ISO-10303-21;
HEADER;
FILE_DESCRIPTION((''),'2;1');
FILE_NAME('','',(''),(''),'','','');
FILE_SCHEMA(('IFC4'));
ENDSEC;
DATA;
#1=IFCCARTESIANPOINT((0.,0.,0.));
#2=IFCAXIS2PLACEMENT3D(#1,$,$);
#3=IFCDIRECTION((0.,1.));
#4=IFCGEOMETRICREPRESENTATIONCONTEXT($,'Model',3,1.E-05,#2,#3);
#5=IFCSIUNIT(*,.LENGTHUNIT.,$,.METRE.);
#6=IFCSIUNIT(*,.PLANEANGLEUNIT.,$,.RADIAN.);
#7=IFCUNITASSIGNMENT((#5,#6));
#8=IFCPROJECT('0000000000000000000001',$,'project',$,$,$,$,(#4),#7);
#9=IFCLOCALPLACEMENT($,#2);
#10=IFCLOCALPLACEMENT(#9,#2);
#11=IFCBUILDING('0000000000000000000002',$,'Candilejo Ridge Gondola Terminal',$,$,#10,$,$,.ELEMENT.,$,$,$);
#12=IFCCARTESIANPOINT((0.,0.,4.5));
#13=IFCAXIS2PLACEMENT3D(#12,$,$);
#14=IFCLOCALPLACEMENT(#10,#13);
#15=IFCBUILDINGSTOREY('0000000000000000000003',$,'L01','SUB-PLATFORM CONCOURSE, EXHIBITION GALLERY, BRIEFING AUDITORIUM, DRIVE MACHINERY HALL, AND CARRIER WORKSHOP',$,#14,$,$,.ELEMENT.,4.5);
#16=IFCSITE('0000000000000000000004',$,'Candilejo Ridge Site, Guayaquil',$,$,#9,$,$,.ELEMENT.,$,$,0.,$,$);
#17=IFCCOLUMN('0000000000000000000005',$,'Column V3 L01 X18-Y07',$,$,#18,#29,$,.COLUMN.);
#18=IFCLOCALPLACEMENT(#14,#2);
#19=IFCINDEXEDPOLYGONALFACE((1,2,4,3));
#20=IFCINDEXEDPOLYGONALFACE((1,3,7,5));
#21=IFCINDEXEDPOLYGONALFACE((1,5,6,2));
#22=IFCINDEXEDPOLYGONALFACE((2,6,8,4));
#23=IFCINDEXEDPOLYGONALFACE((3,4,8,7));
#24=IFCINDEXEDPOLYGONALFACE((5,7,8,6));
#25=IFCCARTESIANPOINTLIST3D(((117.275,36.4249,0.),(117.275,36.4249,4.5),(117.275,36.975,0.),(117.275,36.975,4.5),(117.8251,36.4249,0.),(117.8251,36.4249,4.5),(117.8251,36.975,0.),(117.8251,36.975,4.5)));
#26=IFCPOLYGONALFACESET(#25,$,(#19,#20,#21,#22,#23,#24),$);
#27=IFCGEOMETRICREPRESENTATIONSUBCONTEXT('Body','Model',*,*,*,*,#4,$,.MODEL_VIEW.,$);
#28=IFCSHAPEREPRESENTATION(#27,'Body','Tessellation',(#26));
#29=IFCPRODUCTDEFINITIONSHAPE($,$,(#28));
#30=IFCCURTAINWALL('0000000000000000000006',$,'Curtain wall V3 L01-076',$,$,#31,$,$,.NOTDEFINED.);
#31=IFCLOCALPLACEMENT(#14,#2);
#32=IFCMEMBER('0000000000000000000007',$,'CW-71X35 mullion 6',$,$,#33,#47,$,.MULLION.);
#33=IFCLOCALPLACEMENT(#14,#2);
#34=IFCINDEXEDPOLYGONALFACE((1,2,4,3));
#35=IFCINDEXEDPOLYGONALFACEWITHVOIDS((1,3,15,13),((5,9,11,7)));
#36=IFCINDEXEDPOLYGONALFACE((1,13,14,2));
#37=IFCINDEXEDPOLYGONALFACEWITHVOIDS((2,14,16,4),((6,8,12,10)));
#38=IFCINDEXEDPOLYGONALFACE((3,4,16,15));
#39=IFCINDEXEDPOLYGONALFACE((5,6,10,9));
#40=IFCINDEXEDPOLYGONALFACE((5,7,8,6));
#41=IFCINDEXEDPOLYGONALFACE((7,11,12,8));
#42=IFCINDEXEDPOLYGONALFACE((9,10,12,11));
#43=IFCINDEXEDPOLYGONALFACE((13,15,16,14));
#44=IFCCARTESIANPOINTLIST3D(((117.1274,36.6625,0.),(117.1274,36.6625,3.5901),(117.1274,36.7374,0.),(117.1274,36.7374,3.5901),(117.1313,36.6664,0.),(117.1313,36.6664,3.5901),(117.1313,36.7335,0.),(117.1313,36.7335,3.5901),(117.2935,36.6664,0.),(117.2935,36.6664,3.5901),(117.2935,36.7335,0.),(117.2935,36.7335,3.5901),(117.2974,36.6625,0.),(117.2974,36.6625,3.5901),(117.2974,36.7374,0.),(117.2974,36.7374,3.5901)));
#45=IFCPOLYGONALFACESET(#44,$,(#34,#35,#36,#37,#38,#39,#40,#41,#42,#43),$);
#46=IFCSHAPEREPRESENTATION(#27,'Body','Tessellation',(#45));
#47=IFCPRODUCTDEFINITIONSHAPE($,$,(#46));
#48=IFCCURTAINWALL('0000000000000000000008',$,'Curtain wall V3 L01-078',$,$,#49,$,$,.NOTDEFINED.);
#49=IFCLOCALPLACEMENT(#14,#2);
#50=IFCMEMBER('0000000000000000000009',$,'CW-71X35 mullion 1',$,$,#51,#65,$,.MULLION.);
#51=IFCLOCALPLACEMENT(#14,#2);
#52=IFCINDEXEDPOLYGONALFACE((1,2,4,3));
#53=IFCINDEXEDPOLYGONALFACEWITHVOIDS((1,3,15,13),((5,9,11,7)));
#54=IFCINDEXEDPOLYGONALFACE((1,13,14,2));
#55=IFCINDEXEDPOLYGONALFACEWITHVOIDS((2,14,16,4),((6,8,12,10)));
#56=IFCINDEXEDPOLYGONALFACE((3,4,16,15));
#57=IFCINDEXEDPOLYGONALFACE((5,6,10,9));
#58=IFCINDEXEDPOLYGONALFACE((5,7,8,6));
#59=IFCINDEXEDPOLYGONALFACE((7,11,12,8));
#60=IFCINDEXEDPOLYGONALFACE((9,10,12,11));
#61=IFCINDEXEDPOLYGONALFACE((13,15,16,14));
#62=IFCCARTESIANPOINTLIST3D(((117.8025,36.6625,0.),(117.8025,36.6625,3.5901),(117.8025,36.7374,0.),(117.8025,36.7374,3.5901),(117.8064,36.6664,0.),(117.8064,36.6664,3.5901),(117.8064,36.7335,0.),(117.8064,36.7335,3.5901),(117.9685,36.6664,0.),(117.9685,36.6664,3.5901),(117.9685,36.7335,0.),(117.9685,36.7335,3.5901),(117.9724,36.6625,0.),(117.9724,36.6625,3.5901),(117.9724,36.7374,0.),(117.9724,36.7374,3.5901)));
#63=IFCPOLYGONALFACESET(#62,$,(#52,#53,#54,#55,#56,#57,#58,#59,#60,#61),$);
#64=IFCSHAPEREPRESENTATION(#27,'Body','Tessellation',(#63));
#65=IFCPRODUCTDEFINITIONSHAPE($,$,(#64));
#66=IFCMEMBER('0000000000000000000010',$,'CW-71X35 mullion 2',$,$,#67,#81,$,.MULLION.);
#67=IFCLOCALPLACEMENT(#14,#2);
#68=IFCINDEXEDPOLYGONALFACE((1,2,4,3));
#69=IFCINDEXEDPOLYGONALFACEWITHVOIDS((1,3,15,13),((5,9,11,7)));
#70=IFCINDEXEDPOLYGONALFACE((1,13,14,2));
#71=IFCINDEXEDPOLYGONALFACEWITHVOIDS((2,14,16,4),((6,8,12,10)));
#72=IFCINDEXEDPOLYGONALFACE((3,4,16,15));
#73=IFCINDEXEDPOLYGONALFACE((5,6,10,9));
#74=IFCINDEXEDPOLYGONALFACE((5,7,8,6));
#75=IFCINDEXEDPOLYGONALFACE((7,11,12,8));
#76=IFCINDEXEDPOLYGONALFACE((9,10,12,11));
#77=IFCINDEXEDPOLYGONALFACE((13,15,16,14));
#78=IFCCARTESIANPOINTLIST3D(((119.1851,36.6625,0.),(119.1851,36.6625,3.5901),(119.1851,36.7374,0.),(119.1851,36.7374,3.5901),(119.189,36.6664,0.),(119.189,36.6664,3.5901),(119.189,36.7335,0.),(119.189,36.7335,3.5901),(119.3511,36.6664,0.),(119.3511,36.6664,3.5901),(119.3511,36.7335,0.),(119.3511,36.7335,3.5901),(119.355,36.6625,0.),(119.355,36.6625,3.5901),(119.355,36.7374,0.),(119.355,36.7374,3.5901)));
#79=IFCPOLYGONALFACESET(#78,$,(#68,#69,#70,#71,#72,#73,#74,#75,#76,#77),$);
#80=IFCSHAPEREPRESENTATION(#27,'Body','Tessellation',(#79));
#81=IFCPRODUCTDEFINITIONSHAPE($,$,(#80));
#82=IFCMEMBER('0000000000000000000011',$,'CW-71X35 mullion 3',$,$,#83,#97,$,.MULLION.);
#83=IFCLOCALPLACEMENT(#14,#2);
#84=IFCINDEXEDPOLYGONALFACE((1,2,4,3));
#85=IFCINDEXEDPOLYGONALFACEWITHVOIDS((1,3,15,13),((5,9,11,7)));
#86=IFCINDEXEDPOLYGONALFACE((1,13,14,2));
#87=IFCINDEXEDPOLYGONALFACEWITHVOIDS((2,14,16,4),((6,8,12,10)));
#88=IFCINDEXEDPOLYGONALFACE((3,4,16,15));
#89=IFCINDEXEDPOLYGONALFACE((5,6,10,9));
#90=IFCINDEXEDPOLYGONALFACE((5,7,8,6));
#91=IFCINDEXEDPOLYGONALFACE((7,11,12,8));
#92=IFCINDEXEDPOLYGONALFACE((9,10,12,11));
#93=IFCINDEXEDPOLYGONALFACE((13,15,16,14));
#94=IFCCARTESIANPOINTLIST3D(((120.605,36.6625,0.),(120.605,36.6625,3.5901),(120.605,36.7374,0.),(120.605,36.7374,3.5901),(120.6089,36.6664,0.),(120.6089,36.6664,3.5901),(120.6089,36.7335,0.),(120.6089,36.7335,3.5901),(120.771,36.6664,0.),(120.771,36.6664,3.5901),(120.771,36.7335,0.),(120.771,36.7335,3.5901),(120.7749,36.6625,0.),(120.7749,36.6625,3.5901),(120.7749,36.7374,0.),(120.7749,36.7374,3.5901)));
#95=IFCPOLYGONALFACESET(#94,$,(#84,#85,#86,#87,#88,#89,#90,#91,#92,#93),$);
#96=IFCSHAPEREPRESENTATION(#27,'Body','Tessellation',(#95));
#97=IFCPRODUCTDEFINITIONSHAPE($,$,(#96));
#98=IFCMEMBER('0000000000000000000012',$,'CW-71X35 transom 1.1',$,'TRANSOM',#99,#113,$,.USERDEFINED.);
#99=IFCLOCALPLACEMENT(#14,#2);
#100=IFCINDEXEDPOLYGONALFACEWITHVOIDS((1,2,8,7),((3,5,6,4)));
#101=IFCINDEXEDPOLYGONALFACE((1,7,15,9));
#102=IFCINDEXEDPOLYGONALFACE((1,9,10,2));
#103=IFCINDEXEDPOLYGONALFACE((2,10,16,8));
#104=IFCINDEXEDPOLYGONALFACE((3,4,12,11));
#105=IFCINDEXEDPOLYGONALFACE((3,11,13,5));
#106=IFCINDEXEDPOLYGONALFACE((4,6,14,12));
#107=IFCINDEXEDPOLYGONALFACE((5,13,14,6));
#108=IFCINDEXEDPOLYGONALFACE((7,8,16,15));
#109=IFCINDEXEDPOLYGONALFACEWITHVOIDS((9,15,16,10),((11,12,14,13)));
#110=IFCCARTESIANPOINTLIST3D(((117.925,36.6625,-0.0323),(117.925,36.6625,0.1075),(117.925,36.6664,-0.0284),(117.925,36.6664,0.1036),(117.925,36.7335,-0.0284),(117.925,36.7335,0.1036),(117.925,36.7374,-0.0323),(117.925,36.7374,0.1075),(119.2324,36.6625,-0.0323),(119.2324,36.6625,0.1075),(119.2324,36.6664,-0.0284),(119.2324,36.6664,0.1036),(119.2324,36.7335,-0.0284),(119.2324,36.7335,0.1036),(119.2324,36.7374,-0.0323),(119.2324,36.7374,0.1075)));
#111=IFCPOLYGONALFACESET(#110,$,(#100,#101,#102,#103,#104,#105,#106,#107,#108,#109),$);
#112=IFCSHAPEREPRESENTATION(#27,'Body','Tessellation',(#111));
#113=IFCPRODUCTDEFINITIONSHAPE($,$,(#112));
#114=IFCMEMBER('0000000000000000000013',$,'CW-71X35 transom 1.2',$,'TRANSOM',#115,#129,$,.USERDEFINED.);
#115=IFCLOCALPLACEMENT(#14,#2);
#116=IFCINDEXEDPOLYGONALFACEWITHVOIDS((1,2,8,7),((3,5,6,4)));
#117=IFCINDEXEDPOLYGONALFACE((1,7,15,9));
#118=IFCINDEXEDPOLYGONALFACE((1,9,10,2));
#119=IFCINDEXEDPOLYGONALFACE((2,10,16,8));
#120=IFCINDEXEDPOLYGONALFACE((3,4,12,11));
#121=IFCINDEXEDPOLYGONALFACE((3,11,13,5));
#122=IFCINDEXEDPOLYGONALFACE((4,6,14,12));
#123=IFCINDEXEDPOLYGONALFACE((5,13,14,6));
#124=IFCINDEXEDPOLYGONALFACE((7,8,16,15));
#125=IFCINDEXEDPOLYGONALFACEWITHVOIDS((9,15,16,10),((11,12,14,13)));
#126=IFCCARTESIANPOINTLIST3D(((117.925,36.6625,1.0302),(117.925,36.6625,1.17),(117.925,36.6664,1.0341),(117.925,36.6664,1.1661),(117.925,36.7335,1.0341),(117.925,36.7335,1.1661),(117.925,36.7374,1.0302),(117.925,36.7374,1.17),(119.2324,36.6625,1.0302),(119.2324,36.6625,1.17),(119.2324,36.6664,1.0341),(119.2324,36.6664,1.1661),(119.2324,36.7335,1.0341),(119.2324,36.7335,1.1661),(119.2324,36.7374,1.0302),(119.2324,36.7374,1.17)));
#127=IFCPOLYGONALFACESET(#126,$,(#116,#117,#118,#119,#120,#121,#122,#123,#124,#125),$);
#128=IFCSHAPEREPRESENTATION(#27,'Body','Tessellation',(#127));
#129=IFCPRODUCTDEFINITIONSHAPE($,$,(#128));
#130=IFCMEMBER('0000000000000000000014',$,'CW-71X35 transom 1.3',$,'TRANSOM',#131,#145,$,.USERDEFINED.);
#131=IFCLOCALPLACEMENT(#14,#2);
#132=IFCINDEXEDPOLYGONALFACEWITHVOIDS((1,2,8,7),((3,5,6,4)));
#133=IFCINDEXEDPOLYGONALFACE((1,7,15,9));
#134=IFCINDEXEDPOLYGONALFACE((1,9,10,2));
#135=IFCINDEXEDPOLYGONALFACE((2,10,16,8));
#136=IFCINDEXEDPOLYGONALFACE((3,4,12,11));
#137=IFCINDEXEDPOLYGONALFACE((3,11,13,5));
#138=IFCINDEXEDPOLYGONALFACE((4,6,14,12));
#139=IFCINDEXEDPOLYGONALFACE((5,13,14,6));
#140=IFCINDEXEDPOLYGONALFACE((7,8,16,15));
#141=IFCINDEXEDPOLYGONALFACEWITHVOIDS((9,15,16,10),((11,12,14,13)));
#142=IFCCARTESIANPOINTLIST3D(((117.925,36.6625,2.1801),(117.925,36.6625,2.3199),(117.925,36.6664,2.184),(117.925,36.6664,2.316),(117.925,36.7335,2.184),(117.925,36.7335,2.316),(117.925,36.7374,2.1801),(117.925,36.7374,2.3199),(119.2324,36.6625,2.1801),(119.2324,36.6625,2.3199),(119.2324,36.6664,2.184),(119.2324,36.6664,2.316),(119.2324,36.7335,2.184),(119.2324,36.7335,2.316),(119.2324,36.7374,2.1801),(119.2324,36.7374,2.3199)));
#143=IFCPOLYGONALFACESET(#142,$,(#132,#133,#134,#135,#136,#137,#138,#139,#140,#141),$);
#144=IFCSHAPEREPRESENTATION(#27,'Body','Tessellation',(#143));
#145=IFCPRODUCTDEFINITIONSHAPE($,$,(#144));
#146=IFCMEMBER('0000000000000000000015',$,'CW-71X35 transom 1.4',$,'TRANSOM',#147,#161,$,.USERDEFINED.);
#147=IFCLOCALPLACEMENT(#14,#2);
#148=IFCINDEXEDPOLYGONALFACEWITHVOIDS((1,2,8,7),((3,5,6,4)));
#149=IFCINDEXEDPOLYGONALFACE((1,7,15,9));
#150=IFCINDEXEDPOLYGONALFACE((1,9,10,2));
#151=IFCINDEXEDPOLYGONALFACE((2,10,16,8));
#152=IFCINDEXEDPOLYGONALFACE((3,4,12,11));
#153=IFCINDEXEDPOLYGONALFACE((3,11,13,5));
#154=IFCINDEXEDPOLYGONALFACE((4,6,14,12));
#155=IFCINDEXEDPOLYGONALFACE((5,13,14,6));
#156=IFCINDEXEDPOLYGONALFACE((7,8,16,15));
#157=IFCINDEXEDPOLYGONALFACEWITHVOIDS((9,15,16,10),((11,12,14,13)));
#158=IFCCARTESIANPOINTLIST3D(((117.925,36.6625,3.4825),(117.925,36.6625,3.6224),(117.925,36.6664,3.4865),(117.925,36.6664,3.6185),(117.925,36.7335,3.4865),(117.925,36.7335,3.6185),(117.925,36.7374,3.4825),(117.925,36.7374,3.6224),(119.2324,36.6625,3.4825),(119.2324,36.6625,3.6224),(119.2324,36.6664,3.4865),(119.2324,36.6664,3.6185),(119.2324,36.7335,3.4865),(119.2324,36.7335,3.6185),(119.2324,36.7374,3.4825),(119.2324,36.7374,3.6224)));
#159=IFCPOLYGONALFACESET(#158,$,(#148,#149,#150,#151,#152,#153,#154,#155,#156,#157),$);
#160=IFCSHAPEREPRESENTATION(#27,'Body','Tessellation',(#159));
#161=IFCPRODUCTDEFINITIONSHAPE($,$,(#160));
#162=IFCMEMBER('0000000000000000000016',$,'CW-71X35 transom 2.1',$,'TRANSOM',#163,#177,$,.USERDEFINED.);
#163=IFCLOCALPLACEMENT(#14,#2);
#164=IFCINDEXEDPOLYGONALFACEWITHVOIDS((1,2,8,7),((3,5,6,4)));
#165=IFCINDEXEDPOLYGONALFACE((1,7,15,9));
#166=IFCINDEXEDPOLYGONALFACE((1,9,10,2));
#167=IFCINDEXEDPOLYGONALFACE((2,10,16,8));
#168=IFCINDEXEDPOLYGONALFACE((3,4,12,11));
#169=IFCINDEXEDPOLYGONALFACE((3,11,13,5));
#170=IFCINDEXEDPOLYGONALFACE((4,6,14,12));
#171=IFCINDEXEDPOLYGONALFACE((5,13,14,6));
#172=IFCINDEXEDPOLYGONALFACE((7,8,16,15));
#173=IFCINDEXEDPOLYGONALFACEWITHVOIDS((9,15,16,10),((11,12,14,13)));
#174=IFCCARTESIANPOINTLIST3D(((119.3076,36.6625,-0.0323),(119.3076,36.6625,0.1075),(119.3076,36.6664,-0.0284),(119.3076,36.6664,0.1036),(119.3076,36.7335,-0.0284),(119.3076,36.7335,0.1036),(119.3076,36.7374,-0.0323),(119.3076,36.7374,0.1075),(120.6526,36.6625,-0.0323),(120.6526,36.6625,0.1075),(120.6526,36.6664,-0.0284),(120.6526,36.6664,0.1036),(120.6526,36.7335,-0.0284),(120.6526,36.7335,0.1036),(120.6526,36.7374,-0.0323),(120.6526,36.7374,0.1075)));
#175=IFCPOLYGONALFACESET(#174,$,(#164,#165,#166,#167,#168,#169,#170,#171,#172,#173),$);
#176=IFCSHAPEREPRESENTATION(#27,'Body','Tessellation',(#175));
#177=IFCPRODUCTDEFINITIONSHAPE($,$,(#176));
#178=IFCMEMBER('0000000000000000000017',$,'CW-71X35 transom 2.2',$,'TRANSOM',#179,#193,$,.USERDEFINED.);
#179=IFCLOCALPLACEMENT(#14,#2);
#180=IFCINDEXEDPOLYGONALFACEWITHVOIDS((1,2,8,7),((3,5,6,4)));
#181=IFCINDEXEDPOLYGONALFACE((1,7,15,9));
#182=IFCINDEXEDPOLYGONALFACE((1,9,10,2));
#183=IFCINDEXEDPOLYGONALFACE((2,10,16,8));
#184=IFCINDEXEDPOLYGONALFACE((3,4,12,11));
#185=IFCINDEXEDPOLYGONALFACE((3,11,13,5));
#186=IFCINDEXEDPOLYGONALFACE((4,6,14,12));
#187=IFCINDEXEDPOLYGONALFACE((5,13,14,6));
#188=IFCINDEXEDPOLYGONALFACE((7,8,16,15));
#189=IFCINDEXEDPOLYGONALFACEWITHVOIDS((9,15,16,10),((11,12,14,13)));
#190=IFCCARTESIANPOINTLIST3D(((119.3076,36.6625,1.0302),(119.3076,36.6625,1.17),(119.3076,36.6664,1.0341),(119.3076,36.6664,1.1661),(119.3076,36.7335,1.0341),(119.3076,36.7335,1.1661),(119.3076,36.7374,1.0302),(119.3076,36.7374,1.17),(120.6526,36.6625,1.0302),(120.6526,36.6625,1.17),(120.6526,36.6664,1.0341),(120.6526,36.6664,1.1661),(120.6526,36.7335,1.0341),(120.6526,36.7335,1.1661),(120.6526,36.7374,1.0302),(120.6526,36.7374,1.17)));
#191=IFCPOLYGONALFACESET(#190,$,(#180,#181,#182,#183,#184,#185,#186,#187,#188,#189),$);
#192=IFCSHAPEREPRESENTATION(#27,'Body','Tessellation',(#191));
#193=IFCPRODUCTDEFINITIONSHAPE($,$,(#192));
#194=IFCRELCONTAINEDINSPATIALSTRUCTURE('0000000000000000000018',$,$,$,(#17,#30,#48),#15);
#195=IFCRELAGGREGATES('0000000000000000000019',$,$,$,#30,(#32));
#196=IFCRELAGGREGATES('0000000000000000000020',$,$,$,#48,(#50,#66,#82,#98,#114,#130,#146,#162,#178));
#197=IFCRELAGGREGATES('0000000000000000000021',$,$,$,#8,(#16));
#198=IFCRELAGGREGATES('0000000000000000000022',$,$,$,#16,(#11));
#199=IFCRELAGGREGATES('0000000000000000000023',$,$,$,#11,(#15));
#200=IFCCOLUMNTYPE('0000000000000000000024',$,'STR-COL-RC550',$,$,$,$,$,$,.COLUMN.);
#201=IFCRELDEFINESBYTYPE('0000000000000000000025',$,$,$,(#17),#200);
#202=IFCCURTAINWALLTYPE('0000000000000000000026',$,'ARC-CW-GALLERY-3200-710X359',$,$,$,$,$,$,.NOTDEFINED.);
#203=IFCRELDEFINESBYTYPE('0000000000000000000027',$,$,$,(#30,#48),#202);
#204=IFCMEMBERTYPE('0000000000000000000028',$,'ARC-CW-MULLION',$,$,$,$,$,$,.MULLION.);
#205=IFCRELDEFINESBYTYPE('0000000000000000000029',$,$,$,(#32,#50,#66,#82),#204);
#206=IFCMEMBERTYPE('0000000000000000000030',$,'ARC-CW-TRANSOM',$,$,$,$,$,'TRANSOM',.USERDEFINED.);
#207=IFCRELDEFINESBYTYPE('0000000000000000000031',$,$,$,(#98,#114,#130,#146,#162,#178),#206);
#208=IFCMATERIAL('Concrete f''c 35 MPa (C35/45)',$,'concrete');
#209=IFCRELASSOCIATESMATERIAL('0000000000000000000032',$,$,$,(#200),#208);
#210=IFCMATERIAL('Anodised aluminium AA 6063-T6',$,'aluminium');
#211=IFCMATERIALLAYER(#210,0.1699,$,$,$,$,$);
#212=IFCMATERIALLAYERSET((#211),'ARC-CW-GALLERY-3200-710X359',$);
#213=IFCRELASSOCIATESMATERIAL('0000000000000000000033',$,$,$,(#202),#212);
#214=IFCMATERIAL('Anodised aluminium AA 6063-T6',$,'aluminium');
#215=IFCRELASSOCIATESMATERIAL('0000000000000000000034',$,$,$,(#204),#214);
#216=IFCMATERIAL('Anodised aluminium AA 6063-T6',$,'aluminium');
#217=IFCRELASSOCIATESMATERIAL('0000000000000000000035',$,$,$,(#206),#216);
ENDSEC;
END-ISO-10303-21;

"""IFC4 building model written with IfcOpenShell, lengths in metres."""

from ifc_helpers import new_model, si_unit, direction, frame, origin, origin_2d, place, context, subcontext, project, spatial, rectangle, hollow_rectangle, extrude, material, layer, layer_set, material_profile, profile_set, type_object, element, aggregate, save


model = new_model("IFC4")

# Units and contexts
model_context = context("Model", 3, precision=1e-05, world=origin(), true_north=direction((0.0, 1.0)))
body_context = subcontext(model_context, "Body", "Model", "MODEL_VIEW")
ifc_project = project(units=[si_unit("LENGTHUNIT", "METRE"), si_unit("PLANEANGLEUNIT", "RADIAN")], contexts=[model_context])

# Site, building, storey
site_placement = place(None, origin())
site = spatial("IfcSite", under=ifc_project, at=site_placement, Name="Candilejo Ridge Site, Guayaquil", CompositionType="ELEMENT", RefElevation=0.0)
building_placement = place(site_placement, origin())
building = spatial("IfcBuilding", under=site, at=building_placement, Name="Candilejo Ridge Gondola Terminal", CompositionType="ELEMENT")
storey_placement = place(building_placement, frame((0.0, 0.0, 4.5)))
storey = spatial("IfcBuildingStorey", under=building, at=storey_placement, Name="L01", Description="SUB-PLATFORM CONCOURSE, EXHIBITION GALLERY, BRIEFING AUDITORIUM, DRIVE MACHINERY HALL, AND CARRIER WORKSHOP", CompositionType="ELEMENT", Elevation=4.5)

# Column
ifc_material_1 = material(Name="Concrete f'c 35 MPa (C35/45)", Category="concrete")
ifc_material_profile_1 = material_profile(ifc_material_1, rectangle(XDim=0.55, YDim=0.55, at=origin_2d()))
ifc_profile_set_1 = profile_set([ifc_material_profile_1], Name="Concrete f'c 35 MPa (C35/45)")
column_type = type_object("IfcColumnType", Name="STR-COL-RC550", PredefinedType="COLUMN", material=ifc_profile_set_1)
column_placement = place(storey_placement, frame((117.55, 36.7, 0.0), z_axis=(0.0, 0.0, 1.0), x_axis=(1.0, 0.0, 0.0)))
element("IfcColumn", 1, at=column_placement, inside=storey, type_object=column_type, Name="Column V3 L01 X18-Y07", PredefinedType="COLUMN", context=body_context, shape_type="SweptSolid", body=[
    extrude(rectangle(XDim=0.55, YDim=0.55, at=origin_2d()), origin(), (0.0, 0.0, 1.0), 4.5),
])

# Curtain wall, member
ifc_material_2 = material(Name="Anodised aluminium AA 6063-T6", Category="aluminium")
ifc_layer_1 = layer(ifc_material_2, 0.1699)
ifc_layer_set_1 = layer_set([ifc_layer_1], Name="ARC-CW-GALLERY-3200-710X359")
curtain_wall_type = type_object("IfcCurtainWallType", Name="ARC-CW-GALLERY-3200-710X359", PredefinedType="NOTDEFINED", material=ifc_layer_set_1)
curtain_wall_1_placement = place(storey_placement, origin())
curtain_wall_1 = element("IfcCurtainWall", 2, at=curtain_wall_1_placement, inside=storey, type_object=curtain_wall_type, Name="Curtain wall V3 L01-076", PredefinedType="NOTDEFINED")
ifc_material_3 = material(Name="Anodised aluminium AA 6063-T6", Category="aluminium")
ifc_material_profile_2 = material_profile(ifc_material_3, hollow_rectangle(XDim=0.075, YDim=0.1699, WallThickness=0.0039, at=origin_2d()))
ifc_profile_set_2 = profile_set([ifc_material_profile_2], Name="Anodised aluminium AA 6063-T6")
member_type_1 = type_object("IfcMemberType", Name="ARC-CW-MULLION", PredefinedType="MULLION", material=ifc_profile_set_2)
member_1_placement = place(storey_placement, frame((117.2124, 36.7, 0.0), z_axis=(0.0, 0.0, 1.0), x_axis=(0.0, 1.0, 0.0)))
member_1 = element("IfcMember", 3, at=member_1_placement, type_object=member_type_1, Name="CW-71X35 mullion 6", PredefinedType="MULLION", context=body_context, shape_type="SweptSolid", body=[
    extrude(hollow_rectangle(XDim=0.075, YDim=0.1699, WallThickness=0.0039, at=origin_2d()), origin(), (0.0, 0.0, 1.0), 3.5901),
])
aggregate(curtain_wall_1, [member_1])

# Curtain wall, members
curtain_wall_2_placement = place(storey_placement, origin())
curtain_wall_2 = element("IfcCurtainWall", 4, at=curtain_wall_2_placement, inside=storey, type_object=curtain_wall_type, Name="Curtain wall V3 L01-078", PredefinedType="NOTDEFINED")
member_2_placement = place(storey_placement, frame((117.8875, 36.7, 0.0), z_axis=(0.0, 0.0, 1.0), x_axis=(0.0, 1.0, 0.0)))
member_2 = element("IfcMember", 5, at=member_2_placement, type_object=member_type_1, Name="CW-71X35 mullion 1", PredefinedType="MULLION", context=body_context, shape_type="SweptSolid", body=[
    extrude(hollow_rectangle(XDim=0.075, YDim=0.1699, WallThickness=0.0039, at=origin_2d()), origin(), (0.0, 0.0, 1.0), 3.5901),
])
member_3_placement = place(storey_placement, frame((119.27, 36.7, 0.0), z_axis=(0.0, 0.0, 1.0), x_axis=(0.0, 1.0, 0.0)))
member_3 = element("IfcMember", 6, at=member_3_placement, type_object=member_type_1, Name="CW-71X35 mullion 2", PredefinedType="MULLION", context=body_context, shape_type="SweptSolid", body=[
    extrude(hollow_rectangle(XDim=0.075, YDim=0.1699, WallThickness=0.0039, at=origin_2d()), origin(), (0.0, 0.0, 1.0), 3.5901),
])
member_4_placement = place(storey_placement, frame((120.6899, 36.7, 0.0), z_axis=(0.0, 0.0, 1.0), x_axis=(0.0, 1.0, 0.0)))
member_4 = element("IfcMember", 7, at=member_4_placement, type_object=member_type_1, Name="CW-71X35 mullion 3", PredefinedType="MULLION", context=body_context, shape_type="SweptSolid", body=[
    extrude(hollow_rectangle(XDim=0.075, YDim=0.1699, WallThickness=0.0039, at=origin_2d()), origin(), (0.0, 0.0, 1.0), 3.5901),
])
ifc_material_4 = material(Name="Anodised aluminium AA 6063-T6", Category="aluminium")
ifc_material_profile_3 = material_profile(ifc_material_4, hollow_rectangle(XDim=0.075, YDim=0.1399, WallThickness=0.0039, at=origin_2d()))
ifc_profile_set_3 = profile_set([ifc_material_profile_3], Name="Anodised aluminium AA 6063-T6")
member_type_2 = type_object("IfcMemberType", Name="ARC-CW-TRANSOM", ElementType="TRANSOM", PredefinedType="USERDEFINED", material=ifc_profile_set_3)
member_5_placement = place(storey_placement, frame((117.925, 36.7, 0.0376), z_axis=(1.0, 0.0, 0.0), x_axis=(0.0, 1.0, 0.0)))
member_5 = element("IfcMember", 8, at=member_5_placement, type_object=member_type_2, Name="CW-71X35 transom 1.1", ObjectType="TRANSOM", PredefinedType="USERDEFINED", context=body_context, shape_type="SweptSolid", body=[
    extrude(hollow_rectangle(XDim=0.075, YDim=0.1399, WallThickness=0.0039, at=origin_2d()), origin(), (0.0, 0.0, 1.0), 1.3074),
])
member_6_placement = place(storey_placement, frame((117.925, 36.7, 1.1001), z_axis=(1.0, 0.0, 0.0), x_axis=(0.0, 1.0, 0.0)))
member_6 = element("IfcMember", 9, at=member_6_placement, type_object=member_type_2, Name="CW-71X35 transom 1.2", ObjectType="TRANSOM", PredefinedType="USERDEFINED", context=body_context, shape_type="SweptSolid", body=[
    extrude(hollow_rectangle(XDim=0.075, YDim=0.1399, WallThickness=0.0039, at=origin_2d()), origin(), (0.0, 0.0, 1.0), 1.3074),
])
member_7_placement = place(storey_placement, frame((117.925, 36.7, 2.25), z_axis=(1.0, 0.0, 0.0), x_axis=(0.0, 1.0, 0.0)))
member_7 = element("IfcMember", 10, at=member_7_placement, type_object=member_type_2, Name="CW-71X35 transom 1.3", ObjectType="TRANSOM", PredefinedType="USERDEFINED", context=body_context, shape_type="SweptSolid", body=[
    extrude(hollow_rectangle(XDim=0.075, YDim=0.1399, WallThickness=0.0039, at=origin_2d()), origin(), (0.0, 0.0, 1.0), 1.3074),
])
member_8_placement = place(storey_placement, frame((117.925, 36.7, 3.5525), z_axis=(1.0, 0.0, 0.0), x_axis=(0.0, 1.0, 0.0)))
member_8 = element("IfcMember", 11, at=member_8_placement, type_object=member_type_2, Name="CW-71X35 transom 1.4", ObjectType="TRANSOM", PredefinedType="USERDEFINED", context=body_context, shape_type="SweptSolid", body=[
    extrude(hollow_rectangle(XDim=0.075, YDim=0.1399, WallThickness=0.0039, at=origin_2d()), origin(), (0.0, 0.0, 1.0), 1.3074),
])
member_9_placement = place(storey_placement, frame((119.3076, 36.7, 0.0376), z_axis=(1.0, 0.0, 0.0), x_axis=(0.0, 1.0, 0.0)))
member_9 = element("IfcMember", 12, at=member_9_placement, type_object=member_type_2, Name="CW-71X35 transom 2.1", ObjectType="TRANSOM", PredefinedType="USERDEFINED", context=body_context, shape_type="SweptSolid", body=[
    extrude(hollow_rectangle(XDim=0.075, YDim=0.1399, WallThickness=0.0039, at=origin_2d()), origin(), (0.0, 0.0, 1.0), 1.345),
])
member_10_placement = place(storey_placement, frame((119.3076, 36.7, 1.1001), z_axis=(1.0, 0.0, 0.0), x_axis=(0.0, 1.0, 0.0)))
member_10 = element("IfcMember", 13, at=member_10_placement, type_object=member_type_2, Name="CW-71X35 transom 2.2", ObjectType="TRANSOM", PredefinedType="USERDEFINED", context=body_context, shape_type="SweptSolid", body=[
    extrude(hollow_rectangle(XDim=0.075, YDim=0.1399, WallThickness=0.0039, at=origin_2d()), origin(), (0.0, 0.0, 1.0), 1.345),
])

aggregate(curtain_wall_2, [member_2, member_3, member_4, member_5, member_6, member_7, member_8, member_9, member_10])

save(model, "model.ifc")
